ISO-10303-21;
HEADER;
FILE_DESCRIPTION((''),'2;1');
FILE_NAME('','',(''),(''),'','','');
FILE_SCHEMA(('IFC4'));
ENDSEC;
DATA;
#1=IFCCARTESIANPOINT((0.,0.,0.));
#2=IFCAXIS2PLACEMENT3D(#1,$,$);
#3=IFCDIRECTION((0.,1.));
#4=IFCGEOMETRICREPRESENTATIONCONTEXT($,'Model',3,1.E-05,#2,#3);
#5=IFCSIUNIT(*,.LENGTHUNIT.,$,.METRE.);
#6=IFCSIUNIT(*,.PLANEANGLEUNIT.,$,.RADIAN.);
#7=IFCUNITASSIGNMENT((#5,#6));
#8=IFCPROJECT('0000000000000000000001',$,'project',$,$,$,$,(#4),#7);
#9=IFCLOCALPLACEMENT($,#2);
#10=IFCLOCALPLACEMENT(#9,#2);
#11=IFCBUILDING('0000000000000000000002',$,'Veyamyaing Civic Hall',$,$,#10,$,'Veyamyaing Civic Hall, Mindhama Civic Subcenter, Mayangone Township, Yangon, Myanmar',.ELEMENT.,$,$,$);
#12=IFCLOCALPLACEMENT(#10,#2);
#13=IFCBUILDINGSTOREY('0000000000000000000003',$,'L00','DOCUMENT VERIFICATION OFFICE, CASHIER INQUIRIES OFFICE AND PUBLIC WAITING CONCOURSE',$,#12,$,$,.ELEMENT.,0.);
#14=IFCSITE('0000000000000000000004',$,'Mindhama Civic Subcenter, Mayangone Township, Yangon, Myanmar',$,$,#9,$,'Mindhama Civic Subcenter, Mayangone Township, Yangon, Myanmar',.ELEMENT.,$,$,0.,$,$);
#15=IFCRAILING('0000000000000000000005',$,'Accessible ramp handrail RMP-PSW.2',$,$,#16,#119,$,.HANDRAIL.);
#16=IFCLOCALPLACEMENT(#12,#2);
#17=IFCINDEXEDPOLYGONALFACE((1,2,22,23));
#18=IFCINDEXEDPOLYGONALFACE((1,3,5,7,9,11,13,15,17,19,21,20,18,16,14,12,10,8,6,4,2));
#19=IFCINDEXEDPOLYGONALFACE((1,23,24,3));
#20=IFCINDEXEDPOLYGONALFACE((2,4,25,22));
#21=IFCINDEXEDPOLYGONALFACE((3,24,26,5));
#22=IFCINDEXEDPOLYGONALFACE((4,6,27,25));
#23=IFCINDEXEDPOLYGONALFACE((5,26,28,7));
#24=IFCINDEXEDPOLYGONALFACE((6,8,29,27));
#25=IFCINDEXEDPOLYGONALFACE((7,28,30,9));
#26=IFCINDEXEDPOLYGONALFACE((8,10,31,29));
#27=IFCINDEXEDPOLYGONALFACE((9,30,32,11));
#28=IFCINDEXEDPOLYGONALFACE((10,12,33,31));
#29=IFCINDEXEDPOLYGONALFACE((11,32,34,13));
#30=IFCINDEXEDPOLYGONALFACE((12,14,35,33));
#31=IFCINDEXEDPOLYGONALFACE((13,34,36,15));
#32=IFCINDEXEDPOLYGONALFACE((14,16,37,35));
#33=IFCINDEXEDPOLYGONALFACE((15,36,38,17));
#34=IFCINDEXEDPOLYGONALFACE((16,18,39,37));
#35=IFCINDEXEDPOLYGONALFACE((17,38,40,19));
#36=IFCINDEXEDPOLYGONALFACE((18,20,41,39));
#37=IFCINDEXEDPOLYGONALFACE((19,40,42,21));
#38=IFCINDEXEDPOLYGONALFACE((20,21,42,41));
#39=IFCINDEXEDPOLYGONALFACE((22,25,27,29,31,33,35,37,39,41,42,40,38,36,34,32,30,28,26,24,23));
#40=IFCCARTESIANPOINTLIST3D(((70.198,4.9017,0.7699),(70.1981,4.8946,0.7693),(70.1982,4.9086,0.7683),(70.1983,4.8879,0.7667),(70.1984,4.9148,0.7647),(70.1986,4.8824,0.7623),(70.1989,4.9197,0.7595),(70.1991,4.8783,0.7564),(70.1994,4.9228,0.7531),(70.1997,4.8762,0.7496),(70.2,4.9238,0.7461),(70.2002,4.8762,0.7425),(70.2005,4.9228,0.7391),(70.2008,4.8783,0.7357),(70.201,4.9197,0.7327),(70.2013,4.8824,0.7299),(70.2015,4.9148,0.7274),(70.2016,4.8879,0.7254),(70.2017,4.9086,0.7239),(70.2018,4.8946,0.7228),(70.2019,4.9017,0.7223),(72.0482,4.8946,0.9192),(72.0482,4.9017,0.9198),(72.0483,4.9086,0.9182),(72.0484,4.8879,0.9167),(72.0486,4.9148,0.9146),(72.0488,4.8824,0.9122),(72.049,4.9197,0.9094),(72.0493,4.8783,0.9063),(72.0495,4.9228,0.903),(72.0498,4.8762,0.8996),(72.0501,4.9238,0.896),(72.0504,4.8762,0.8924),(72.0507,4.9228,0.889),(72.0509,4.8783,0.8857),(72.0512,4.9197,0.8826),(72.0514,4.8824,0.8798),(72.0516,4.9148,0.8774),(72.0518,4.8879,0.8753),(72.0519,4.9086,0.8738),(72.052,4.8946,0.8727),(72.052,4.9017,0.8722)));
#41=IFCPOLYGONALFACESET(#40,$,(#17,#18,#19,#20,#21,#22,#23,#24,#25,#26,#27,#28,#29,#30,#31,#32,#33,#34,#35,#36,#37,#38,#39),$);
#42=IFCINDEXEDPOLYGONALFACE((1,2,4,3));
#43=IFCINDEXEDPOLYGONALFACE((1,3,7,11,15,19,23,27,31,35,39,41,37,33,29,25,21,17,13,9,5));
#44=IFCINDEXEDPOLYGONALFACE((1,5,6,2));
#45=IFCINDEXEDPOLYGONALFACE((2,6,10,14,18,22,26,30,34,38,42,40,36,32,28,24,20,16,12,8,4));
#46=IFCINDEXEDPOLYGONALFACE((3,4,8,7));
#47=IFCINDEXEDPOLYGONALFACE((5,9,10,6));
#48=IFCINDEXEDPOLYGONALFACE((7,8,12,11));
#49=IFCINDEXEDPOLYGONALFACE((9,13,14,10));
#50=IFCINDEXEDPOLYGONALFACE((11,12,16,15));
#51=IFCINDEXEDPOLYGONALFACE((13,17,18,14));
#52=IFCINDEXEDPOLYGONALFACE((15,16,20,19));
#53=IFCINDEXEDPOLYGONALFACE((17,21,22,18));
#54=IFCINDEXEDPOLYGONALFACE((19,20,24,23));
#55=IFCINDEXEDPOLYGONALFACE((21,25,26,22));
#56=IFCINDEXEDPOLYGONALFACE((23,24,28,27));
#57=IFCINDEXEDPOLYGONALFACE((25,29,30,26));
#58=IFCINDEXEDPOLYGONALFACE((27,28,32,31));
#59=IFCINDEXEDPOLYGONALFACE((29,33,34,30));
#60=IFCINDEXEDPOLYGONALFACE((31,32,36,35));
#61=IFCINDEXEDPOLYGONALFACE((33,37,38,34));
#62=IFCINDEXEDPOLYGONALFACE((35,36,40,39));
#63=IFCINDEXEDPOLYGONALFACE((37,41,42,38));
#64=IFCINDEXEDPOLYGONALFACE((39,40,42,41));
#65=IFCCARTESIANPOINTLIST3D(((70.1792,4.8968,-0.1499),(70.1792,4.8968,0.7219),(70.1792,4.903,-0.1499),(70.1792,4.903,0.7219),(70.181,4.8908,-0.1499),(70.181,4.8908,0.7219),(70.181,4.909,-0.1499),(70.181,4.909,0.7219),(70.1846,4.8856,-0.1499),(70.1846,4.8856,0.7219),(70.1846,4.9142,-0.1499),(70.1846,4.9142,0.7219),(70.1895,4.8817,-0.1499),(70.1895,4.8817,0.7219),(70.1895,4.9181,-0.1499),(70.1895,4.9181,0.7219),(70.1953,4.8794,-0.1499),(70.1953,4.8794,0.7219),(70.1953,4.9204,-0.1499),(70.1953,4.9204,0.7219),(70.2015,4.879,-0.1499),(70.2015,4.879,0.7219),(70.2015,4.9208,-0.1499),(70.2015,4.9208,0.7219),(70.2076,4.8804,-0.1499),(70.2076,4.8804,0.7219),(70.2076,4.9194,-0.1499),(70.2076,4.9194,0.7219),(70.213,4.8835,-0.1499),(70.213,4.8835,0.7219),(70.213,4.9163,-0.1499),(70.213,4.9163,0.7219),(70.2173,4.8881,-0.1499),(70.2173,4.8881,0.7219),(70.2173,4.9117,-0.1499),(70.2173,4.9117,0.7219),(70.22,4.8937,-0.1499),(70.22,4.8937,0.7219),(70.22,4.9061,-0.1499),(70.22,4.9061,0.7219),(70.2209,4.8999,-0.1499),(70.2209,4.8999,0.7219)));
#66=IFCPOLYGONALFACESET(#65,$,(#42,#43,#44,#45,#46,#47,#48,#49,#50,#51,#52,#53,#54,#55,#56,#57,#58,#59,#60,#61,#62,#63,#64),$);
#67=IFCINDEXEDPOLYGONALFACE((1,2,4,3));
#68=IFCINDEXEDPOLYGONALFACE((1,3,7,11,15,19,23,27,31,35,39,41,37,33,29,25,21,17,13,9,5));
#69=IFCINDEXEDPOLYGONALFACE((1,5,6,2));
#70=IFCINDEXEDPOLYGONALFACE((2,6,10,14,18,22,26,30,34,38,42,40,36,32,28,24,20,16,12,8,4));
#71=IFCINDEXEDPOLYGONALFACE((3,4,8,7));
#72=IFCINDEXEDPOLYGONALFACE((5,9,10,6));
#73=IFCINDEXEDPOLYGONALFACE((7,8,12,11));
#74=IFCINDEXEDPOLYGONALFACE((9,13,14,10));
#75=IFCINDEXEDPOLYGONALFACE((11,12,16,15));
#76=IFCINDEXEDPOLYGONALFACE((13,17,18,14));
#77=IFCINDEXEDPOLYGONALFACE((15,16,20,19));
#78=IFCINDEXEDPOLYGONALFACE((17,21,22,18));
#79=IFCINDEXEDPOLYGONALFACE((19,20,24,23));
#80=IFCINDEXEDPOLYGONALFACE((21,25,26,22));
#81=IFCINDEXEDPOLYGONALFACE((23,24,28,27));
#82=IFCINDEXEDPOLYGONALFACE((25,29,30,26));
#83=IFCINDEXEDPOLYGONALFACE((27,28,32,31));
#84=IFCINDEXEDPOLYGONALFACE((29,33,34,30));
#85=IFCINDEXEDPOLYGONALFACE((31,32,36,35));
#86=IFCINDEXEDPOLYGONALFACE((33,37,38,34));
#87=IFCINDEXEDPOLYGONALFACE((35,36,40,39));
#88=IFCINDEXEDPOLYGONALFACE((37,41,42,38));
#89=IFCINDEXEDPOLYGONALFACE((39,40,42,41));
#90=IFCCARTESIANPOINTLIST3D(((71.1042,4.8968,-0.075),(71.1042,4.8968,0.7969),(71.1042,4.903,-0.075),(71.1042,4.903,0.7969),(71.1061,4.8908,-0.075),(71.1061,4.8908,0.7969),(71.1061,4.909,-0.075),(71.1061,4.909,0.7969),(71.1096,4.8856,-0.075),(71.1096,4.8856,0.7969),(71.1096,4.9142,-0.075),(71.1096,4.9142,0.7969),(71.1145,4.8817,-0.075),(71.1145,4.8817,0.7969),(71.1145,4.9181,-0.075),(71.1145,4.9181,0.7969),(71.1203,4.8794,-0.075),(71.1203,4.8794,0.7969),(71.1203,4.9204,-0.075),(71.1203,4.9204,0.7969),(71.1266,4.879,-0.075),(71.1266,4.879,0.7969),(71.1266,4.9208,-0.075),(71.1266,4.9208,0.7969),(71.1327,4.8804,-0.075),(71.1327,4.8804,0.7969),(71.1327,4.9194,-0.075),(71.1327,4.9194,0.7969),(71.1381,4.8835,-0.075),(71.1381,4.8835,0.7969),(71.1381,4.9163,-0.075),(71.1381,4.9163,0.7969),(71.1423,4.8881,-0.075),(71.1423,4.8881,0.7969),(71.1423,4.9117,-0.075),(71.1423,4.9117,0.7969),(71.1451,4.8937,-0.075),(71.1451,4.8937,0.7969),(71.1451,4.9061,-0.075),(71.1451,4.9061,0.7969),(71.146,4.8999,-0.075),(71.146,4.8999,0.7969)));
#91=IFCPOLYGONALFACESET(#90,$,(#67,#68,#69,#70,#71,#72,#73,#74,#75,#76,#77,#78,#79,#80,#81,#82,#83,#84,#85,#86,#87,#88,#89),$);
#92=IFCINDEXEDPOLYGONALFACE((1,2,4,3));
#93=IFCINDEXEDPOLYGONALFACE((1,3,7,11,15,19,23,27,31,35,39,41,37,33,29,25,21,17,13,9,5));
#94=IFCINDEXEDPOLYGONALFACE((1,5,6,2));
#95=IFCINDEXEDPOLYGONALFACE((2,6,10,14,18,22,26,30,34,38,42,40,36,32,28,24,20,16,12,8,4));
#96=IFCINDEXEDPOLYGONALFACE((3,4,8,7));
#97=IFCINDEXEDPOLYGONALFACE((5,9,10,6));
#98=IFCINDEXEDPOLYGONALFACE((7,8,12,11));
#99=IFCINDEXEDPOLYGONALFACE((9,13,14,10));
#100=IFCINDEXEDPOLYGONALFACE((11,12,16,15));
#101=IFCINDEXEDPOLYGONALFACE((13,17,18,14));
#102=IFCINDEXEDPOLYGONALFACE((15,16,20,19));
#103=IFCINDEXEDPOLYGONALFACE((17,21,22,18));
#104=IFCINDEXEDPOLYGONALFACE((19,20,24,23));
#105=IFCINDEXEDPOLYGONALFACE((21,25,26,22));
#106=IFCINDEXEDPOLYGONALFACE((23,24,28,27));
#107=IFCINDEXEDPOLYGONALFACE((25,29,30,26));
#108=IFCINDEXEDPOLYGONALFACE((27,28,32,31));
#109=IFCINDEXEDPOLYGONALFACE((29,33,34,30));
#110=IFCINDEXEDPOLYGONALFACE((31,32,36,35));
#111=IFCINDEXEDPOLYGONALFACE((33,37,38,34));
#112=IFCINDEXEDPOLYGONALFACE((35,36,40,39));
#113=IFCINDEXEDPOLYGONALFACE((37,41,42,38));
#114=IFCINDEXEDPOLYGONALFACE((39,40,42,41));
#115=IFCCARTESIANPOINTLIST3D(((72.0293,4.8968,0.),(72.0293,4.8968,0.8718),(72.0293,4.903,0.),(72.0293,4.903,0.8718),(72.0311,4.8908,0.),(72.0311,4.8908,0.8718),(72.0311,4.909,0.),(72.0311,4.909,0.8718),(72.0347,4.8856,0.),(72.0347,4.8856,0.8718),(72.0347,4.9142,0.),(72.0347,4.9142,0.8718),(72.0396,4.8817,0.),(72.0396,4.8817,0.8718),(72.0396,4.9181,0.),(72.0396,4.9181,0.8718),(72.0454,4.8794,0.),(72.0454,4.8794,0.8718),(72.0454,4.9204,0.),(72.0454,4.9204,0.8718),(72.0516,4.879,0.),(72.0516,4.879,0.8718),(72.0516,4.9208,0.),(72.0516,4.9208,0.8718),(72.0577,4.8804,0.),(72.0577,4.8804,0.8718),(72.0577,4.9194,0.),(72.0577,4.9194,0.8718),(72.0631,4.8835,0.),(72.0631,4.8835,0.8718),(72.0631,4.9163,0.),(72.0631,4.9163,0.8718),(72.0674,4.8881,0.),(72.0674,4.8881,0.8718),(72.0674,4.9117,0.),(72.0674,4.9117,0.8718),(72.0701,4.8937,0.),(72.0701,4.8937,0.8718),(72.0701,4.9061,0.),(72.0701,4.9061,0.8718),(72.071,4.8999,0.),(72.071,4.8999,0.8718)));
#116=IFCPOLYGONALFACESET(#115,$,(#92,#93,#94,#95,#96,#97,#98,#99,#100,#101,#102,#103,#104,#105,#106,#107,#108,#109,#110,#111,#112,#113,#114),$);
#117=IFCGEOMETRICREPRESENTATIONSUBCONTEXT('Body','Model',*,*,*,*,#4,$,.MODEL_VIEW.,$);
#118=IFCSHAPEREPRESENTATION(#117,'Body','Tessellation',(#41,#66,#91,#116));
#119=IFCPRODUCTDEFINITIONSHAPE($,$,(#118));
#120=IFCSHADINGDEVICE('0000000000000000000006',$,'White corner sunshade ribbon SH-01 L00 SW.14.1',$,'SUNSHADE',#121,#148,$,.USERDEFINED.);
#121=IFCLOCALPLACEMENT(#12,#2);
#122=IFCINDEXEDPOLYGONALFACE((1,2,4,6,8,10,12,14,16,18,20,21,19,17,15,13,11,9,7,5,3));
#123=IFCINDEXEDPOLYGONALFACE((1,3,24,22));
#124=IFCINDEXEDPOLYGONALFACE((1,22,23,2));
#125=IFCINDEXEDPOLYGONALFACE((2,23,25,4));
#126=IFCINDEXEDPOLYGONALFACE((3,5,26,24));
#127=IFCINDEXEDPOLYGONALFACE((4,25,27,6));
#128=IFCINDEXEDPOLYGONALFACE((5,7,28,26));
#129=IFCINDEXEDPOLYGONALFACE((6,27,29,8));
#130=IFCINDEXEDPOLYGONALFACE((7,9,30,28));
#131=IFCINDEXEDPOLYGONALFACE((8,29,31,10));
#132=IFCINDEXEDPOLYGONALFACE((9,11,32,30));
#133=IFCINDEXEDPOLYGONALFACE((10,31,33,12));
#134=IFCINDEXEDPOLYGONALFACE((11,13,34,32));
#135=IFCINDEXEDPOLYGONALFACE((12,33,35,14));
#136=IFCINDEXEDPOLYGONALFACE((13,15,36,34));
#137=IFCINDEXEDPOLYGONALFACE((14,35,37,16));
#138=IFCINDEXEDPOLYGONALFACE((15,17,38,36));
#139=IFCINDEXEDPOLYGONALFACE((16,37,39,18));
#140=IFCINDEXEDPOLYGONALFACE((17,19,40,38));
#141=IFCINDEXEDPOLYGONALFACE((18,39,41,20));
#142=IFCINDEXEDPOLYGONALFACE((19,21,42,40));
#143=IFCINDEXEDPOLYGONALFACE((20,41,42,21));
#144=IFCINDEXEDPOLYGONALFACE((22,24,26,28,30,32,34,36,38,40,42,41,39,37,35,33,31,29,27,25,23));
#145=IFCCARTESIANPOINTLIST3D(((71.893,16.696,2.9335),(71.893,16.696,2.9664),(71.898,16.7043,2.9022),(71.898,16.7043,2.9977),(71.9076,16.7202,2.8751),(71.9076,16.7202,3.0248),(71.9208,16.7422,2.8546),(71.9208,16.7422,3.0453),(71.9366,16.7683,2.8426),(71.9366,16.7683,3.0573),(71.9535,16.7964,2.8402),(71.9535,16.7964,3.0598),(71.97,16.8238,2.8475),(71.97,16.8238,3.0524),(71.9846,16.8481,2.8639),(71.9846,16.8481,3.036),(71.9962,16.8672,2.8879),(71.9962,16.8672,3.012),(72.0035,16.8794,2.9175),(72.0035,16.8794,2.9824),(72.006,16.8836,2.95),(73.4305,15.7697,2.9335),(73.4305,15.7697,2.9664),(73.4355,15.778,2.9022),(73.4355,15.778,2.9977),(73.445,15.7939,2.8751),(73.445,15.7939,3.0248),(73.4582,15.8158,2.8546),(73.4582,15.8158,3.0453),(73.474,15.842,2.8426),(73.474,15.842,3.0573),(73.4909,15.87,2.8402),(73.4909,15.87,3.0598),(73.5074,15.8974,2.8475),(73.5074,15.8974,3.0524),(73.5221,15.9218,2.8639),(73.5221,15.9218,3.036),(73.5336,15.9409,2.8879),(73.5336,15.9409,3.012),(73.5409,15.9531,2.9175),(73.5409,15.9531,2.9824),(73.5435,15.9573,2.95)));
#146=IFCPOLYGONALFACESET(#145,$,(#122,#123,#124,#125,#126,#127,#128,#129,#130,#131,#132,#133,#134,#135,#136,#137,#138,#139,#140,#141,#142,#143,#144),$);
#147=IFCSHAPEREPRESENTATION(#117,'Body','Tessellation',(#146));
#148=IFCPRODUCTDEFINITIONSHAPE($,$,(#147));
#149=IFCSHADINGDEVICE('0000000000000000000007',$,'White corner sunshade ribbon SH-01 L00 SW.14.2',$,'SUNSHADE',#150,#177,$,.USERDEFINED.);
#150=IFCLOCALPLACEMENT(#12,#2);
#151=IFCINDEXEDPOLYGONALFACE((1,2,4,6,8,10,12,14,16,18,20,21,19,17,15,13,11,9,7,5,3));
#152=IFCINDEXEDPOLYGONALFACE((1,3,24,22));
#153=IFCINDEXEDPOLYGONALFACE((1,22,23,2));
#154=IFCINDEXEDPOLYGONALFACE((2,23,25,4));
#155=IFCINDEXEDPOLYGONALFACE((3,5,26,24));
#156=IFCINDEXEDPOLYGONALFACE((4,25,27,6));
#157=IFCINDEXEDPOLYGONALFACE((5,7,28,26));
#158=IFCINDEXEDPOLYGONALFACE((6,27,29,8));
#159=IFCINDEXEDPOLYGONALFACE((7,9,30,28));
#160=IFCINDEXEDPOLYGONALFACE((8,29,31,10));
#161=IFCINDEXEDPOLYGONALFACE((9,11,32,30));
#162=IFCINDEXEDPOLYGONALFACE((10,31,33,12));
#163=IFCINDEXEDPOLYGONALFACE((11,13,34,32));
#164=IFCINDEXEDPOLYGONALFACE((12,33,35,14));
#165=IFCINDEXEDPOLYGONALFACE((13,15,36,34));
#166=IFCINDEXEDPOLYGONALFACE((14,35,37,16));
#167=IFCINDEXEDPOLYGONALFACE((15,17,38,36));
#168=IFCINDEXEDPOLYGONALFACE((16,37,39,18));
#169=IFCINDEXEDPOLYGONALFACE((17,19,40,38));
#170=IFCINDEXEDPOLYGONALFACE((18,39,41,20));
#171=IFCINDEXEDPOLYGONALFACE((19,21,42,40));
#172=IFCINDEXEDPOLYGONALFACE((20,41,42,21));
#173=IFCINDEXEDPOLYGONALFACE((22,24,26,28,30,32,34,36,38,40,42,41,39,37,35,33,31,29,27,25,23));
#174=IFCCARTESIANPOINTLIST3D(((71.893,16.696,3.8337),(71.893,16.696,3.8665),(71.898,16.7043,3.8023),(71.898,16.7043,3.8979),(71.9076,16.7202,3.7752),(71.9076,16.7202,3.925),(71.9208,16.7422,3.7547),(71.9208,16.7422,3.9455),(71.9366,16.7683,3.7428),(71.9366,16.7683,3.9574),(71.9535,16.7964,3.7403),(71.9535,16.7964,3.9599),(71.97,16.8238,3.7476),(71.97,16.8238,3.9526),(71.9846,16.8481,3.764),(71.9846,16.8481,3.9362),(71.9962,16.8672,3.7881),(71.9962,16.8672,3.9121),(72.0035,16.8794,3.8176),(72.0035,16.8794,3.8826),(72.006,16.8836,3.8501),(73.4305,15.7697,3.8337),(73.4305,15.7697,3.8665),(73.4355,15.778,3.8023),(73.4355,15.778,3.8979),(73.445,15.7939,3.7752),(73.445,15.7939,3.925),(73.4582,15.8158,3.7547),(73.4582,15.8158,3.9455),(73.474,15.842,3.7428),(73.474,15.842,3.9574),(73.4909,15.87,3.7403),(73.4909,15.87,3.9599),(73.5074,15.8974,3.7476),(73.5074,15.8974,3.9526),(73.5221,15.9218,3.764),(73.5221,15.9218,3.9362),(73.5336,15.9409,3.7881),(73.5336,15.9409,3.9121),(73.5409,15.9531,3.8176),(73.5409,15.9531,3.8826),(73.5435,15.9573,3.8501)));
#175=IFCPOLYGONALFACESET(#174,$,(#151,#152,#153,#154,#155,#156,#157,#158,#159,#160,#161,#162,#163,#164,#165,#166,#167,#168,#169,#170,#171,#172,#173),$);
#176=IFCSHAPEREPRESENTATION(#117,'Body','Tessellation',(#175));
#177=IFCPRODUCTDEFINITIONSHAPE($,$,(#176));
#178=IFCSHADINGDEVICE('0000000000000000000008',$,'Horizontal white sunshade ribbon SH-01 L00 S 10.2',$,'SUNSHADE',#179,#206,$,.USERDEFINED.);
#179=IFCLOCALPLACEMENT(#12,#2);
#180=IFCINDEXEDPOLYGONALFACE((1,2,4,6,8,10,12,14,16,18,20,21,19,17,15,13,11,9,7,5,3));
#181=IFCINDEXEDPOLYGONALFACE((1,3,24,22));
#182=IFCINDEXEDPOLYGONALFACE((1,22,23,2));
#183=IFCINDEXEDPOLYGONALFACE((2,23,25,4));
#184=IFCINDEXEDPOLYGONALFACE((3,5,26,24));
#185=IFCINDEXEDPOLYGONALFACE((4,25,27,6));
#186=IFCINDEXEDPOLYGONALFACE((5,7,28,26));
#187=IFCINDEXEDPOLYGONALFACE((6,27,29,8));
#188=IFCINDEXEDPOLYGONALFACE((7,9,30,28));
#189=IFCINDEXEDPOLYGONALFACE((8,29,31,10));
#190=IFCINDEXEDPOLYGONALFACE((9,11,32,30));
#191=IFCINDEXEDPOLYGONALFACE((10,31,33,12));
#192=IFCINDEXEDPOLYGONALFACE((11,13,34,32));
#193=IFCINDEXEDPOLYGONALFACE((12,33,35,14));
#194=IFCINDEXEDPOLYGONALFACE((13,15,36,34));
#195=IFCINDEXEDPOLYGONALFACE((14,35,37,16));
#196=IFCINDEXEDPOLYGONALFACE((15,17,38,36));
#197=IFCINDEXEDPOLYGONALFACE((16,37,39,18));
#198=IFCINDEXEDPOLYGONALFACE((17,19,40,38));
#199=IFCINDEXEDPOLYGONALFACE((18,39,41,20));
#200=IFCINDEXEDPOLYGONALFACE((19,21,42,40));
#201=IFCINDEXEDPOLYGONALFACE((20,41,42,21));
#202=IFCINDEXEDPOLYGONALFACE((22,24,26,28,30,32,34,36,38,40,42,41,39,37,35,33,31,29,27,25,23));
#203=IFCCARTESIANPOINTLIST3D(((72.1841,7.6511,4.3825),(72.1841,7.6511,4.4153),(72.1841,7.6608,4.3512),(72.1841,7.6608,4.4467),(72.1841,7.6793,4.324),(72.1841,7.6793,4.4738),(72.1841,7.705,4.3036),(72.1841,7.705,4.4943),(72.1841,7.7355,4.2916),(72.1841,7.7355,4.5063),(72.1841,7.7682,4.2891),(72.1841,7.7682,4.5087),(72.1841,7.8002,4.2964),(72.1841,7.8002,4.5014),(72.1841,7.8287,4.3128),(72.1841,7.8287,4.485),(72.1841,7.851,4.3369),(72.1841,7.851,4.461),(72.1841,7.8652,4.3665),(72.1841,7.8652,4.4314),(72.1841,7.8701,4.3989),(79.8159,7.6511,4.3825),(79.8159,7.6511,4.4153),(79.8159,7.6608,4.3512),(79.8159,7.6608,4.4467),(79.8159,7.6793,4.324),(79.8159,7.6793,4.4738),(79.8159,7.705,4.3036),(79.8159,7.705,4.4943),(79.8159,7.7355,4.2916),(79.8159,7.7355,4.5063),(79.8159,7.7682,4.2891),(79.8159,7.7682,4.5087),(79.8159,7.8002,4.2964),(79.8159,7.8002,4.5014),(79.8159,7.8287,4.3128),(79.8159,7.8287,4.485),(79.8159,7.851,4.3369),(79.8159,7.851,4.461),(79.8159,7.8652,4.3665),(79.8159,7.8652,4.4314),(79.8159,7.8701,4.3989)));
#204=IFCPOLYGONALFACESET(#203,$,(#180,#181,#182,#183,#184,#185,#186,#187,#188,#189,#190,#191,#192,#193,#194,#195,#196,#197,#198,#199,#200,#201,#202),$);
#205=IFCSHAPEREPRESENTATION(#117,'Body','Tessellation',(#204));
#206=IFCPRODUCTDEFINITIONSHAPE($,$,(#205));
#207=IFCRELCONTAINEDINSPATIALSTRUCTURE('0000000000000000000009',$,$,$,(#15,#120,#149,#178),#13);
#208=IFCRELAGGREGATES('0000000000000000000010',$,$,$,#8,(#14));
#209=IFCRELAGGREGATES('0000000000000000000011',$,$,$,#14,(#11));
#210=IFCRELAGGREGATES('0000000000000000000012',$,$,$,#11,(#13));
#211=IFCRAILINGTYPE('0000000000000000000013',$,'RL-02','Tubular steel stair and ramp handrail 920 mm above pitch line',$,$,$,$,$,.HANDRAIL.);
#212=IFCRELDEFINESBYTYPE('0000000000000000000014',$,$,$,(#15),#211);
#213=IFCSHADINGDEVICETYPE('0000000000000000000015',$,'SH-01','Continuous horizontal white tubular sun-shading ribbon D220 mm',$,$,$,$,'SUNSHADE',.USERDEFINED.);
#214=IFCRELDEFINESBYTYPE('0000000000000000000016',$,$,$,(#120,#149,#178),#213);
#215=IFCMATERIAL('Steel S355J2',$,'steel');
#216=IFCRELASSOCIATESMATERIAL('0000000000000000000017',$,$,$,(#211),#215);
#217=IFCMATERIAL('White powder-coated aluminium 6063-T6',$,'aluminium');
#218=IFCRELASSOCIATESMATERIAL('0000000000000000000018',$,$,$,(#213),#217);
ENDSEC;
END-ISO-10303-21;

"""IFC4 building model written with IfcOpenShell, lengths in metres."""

from ifc_helpers import new_model, si_unit, direction, frame, origin, origin_2d, place, context, subcontext, project, spatial, circle, extrude, material, material_profile, profile_set, type_object, element, save


model = new_model("IFC4")

# Units and contexts
model_context = context("Model", 3, precision=1e-05, world=origin(), true_north=direction((0.0, 1.0)))
body_context = subcontext(model_context, "Body", "Model", "MODEL_VIEW")
ifc_project = project(units=[si_unit("LENGTHUNIT", "METRE"), si_unit("PLANEANGLEUNIT", "RADIAN")], contexts=[model_context])

# Site, building, storey
site_placement = place(None, origin())
site = spatial("IfcSite", under=ifc_project, at=site_placement, Name="Mindhama Civic Subcenter, Mayangone Township, Yangon, Myanmar", LongName="Mindhama Civic Subcenter, Mayangone Township, Yangon, Myanmar", CompositionType="ELEMENT", RefElevation=0.0)
building_placement = place(site_placement, origin())
building = spatial("IfcBuilding", under=site, at=building_placement, Name="Veyamyaing Civic Hall", LongName="Veyamyaing Civic Hall, Mindhama Civic Subcenter, Mayangone Township, Yangon, Myanmar", CompositionType="ELEMENT")
storey_placement = place(building_placement, origin())
storey = spatial("IfcBuildingStorey", under=building, at=storey_placement, Name="L00", Description="DOCUMENT VERIFICATION OFFICE, CASHIER INQUIRIES OFFICE AND PUBLIC WAITING CONCOURSE", CompositionType="ELEMENT", Elevation=0.0)

# Shared definitions
ifc_material_1 = material(Name="Steel S355J2", Category="steel")

# Shared definitions
ifc_material_2 = material(Name="White powder-coated aluminium 6063-T6", Category="aluminium")

# Railing
railing_type = type_object("IfcRailingType", Name="RL-02", Description="Tubular steel stair and ramp handrail 920 mm above pitch line", PredefinedType="HANDRAIL", material=ifc_material_1)
for number, where, name in (
    (1, (70.2, 4.8999, -0.1499), "Accessible ramp handrail RMP-PSW.2"),
):
    element("IfcRailing", number, at=place(storey_placement, frame(where)), inside=storey, type_object=railing_type, Name=name, PredefinedType="HANDRAIL", context=body_context, shape_type="SweptSolid", body=[
        extrude(circle(Radius=0.0239, at=origin_2d()), frame((0.0, 0.0, 0.896), z_axis=(0.996734, 0.0, 0.080759), x_axis=(0.0, 1.0, 0.0)), (0.0, 0.0, 1.0), 1.8562),
        extrude(circle(Radius=0.021, at=origin_2d()), origin(), (0.0, 0.0, 1.0), 0.8718),
        extrude(circle(Radius=0.021, at=origin_2d()), frame((0.925, 0.0, 0.075)), (0.0, 0.0, 1.0), 0.8718),
        extrude(circle(Radius=0.021, at=origin_2d()), frame((1.8501, 0.0, 0.1499)), (0.0, 0.0, 1.0), 0.8718),
    ])

# Shading devices
ifc_material_profile_1 = material_profile(ifc_material_2, circle(Radius=0.1101, at=origin_2d()), Name="SHADE-TUBE-220")
ifc_profile_set_1 = profile_set([ifc_material_profile_1], Name="White powder-coated aluminium 6063-T6")
shading_device_type = type_object("IfcShadingDeviceType", Name="SH-01", Description="Continuous horizontal white tubular sun-shading ribbon D220 mm", ElementType="SUNSHADE", PredefinedType="USERDEFINED", material=ifc_profile_set_1)
for number, where, z_axis, x_axis, name in (
    (2, (71.9492, 16.7893, 2.95), (0.856543, -0.516075, 0.0), (0.516075, 0.856543, 0.0), "White corner sunshade ribbon SH-01 L00 SW.14.1"),
    (3, (71.9492, 16.7893, 3.8501), (0.856543, -0.516075, 0.0), (0.516075, 0.856543, 0.0), "White corner sunshade ribbon SH-01 L00 SW.14.2"),
):
    element("IfcShadingDevice", number, at=place(storey_placement, frame(where, z_axis=z_axis, x_axis=x_axis)), inside=storey, type_object=shading_device_type, Name=name, ObjectType="SUNSHADE", PredefinedType="USERDEFINED", context=body_context, shape_type="SweptSolid", body=[
        extrude(circle(Radius=0.1101, at=origin_2d()), origin(), (0.0, 0.0, 1.0), 1.7949),
    ])
shading_device_1_placement = place(storey_placement, frame((72.1841, 7.76, 4.3989), z_axis=(1.0, 0.0, 0.0), x_axis=(0.0, 1.0, 0.0)))
element("IfcShadingDevice", 4, at=shading_device_1_placement, inside=storey, type_object=shading_device_type, Name="Horizontal white sunshade ribbon SH-01 L00 S 10.2", ObjectType="SUNSHADE", PredefinedType="USERDEFINED", context=body_context, shape_type="SweptSolid", body=[
    extrude(circle(Radius=0.1101, at=origin_2d()), origin(), (0.0, 0.0, 1.0), 7.6318),
])

save(model, "model.ifc")
